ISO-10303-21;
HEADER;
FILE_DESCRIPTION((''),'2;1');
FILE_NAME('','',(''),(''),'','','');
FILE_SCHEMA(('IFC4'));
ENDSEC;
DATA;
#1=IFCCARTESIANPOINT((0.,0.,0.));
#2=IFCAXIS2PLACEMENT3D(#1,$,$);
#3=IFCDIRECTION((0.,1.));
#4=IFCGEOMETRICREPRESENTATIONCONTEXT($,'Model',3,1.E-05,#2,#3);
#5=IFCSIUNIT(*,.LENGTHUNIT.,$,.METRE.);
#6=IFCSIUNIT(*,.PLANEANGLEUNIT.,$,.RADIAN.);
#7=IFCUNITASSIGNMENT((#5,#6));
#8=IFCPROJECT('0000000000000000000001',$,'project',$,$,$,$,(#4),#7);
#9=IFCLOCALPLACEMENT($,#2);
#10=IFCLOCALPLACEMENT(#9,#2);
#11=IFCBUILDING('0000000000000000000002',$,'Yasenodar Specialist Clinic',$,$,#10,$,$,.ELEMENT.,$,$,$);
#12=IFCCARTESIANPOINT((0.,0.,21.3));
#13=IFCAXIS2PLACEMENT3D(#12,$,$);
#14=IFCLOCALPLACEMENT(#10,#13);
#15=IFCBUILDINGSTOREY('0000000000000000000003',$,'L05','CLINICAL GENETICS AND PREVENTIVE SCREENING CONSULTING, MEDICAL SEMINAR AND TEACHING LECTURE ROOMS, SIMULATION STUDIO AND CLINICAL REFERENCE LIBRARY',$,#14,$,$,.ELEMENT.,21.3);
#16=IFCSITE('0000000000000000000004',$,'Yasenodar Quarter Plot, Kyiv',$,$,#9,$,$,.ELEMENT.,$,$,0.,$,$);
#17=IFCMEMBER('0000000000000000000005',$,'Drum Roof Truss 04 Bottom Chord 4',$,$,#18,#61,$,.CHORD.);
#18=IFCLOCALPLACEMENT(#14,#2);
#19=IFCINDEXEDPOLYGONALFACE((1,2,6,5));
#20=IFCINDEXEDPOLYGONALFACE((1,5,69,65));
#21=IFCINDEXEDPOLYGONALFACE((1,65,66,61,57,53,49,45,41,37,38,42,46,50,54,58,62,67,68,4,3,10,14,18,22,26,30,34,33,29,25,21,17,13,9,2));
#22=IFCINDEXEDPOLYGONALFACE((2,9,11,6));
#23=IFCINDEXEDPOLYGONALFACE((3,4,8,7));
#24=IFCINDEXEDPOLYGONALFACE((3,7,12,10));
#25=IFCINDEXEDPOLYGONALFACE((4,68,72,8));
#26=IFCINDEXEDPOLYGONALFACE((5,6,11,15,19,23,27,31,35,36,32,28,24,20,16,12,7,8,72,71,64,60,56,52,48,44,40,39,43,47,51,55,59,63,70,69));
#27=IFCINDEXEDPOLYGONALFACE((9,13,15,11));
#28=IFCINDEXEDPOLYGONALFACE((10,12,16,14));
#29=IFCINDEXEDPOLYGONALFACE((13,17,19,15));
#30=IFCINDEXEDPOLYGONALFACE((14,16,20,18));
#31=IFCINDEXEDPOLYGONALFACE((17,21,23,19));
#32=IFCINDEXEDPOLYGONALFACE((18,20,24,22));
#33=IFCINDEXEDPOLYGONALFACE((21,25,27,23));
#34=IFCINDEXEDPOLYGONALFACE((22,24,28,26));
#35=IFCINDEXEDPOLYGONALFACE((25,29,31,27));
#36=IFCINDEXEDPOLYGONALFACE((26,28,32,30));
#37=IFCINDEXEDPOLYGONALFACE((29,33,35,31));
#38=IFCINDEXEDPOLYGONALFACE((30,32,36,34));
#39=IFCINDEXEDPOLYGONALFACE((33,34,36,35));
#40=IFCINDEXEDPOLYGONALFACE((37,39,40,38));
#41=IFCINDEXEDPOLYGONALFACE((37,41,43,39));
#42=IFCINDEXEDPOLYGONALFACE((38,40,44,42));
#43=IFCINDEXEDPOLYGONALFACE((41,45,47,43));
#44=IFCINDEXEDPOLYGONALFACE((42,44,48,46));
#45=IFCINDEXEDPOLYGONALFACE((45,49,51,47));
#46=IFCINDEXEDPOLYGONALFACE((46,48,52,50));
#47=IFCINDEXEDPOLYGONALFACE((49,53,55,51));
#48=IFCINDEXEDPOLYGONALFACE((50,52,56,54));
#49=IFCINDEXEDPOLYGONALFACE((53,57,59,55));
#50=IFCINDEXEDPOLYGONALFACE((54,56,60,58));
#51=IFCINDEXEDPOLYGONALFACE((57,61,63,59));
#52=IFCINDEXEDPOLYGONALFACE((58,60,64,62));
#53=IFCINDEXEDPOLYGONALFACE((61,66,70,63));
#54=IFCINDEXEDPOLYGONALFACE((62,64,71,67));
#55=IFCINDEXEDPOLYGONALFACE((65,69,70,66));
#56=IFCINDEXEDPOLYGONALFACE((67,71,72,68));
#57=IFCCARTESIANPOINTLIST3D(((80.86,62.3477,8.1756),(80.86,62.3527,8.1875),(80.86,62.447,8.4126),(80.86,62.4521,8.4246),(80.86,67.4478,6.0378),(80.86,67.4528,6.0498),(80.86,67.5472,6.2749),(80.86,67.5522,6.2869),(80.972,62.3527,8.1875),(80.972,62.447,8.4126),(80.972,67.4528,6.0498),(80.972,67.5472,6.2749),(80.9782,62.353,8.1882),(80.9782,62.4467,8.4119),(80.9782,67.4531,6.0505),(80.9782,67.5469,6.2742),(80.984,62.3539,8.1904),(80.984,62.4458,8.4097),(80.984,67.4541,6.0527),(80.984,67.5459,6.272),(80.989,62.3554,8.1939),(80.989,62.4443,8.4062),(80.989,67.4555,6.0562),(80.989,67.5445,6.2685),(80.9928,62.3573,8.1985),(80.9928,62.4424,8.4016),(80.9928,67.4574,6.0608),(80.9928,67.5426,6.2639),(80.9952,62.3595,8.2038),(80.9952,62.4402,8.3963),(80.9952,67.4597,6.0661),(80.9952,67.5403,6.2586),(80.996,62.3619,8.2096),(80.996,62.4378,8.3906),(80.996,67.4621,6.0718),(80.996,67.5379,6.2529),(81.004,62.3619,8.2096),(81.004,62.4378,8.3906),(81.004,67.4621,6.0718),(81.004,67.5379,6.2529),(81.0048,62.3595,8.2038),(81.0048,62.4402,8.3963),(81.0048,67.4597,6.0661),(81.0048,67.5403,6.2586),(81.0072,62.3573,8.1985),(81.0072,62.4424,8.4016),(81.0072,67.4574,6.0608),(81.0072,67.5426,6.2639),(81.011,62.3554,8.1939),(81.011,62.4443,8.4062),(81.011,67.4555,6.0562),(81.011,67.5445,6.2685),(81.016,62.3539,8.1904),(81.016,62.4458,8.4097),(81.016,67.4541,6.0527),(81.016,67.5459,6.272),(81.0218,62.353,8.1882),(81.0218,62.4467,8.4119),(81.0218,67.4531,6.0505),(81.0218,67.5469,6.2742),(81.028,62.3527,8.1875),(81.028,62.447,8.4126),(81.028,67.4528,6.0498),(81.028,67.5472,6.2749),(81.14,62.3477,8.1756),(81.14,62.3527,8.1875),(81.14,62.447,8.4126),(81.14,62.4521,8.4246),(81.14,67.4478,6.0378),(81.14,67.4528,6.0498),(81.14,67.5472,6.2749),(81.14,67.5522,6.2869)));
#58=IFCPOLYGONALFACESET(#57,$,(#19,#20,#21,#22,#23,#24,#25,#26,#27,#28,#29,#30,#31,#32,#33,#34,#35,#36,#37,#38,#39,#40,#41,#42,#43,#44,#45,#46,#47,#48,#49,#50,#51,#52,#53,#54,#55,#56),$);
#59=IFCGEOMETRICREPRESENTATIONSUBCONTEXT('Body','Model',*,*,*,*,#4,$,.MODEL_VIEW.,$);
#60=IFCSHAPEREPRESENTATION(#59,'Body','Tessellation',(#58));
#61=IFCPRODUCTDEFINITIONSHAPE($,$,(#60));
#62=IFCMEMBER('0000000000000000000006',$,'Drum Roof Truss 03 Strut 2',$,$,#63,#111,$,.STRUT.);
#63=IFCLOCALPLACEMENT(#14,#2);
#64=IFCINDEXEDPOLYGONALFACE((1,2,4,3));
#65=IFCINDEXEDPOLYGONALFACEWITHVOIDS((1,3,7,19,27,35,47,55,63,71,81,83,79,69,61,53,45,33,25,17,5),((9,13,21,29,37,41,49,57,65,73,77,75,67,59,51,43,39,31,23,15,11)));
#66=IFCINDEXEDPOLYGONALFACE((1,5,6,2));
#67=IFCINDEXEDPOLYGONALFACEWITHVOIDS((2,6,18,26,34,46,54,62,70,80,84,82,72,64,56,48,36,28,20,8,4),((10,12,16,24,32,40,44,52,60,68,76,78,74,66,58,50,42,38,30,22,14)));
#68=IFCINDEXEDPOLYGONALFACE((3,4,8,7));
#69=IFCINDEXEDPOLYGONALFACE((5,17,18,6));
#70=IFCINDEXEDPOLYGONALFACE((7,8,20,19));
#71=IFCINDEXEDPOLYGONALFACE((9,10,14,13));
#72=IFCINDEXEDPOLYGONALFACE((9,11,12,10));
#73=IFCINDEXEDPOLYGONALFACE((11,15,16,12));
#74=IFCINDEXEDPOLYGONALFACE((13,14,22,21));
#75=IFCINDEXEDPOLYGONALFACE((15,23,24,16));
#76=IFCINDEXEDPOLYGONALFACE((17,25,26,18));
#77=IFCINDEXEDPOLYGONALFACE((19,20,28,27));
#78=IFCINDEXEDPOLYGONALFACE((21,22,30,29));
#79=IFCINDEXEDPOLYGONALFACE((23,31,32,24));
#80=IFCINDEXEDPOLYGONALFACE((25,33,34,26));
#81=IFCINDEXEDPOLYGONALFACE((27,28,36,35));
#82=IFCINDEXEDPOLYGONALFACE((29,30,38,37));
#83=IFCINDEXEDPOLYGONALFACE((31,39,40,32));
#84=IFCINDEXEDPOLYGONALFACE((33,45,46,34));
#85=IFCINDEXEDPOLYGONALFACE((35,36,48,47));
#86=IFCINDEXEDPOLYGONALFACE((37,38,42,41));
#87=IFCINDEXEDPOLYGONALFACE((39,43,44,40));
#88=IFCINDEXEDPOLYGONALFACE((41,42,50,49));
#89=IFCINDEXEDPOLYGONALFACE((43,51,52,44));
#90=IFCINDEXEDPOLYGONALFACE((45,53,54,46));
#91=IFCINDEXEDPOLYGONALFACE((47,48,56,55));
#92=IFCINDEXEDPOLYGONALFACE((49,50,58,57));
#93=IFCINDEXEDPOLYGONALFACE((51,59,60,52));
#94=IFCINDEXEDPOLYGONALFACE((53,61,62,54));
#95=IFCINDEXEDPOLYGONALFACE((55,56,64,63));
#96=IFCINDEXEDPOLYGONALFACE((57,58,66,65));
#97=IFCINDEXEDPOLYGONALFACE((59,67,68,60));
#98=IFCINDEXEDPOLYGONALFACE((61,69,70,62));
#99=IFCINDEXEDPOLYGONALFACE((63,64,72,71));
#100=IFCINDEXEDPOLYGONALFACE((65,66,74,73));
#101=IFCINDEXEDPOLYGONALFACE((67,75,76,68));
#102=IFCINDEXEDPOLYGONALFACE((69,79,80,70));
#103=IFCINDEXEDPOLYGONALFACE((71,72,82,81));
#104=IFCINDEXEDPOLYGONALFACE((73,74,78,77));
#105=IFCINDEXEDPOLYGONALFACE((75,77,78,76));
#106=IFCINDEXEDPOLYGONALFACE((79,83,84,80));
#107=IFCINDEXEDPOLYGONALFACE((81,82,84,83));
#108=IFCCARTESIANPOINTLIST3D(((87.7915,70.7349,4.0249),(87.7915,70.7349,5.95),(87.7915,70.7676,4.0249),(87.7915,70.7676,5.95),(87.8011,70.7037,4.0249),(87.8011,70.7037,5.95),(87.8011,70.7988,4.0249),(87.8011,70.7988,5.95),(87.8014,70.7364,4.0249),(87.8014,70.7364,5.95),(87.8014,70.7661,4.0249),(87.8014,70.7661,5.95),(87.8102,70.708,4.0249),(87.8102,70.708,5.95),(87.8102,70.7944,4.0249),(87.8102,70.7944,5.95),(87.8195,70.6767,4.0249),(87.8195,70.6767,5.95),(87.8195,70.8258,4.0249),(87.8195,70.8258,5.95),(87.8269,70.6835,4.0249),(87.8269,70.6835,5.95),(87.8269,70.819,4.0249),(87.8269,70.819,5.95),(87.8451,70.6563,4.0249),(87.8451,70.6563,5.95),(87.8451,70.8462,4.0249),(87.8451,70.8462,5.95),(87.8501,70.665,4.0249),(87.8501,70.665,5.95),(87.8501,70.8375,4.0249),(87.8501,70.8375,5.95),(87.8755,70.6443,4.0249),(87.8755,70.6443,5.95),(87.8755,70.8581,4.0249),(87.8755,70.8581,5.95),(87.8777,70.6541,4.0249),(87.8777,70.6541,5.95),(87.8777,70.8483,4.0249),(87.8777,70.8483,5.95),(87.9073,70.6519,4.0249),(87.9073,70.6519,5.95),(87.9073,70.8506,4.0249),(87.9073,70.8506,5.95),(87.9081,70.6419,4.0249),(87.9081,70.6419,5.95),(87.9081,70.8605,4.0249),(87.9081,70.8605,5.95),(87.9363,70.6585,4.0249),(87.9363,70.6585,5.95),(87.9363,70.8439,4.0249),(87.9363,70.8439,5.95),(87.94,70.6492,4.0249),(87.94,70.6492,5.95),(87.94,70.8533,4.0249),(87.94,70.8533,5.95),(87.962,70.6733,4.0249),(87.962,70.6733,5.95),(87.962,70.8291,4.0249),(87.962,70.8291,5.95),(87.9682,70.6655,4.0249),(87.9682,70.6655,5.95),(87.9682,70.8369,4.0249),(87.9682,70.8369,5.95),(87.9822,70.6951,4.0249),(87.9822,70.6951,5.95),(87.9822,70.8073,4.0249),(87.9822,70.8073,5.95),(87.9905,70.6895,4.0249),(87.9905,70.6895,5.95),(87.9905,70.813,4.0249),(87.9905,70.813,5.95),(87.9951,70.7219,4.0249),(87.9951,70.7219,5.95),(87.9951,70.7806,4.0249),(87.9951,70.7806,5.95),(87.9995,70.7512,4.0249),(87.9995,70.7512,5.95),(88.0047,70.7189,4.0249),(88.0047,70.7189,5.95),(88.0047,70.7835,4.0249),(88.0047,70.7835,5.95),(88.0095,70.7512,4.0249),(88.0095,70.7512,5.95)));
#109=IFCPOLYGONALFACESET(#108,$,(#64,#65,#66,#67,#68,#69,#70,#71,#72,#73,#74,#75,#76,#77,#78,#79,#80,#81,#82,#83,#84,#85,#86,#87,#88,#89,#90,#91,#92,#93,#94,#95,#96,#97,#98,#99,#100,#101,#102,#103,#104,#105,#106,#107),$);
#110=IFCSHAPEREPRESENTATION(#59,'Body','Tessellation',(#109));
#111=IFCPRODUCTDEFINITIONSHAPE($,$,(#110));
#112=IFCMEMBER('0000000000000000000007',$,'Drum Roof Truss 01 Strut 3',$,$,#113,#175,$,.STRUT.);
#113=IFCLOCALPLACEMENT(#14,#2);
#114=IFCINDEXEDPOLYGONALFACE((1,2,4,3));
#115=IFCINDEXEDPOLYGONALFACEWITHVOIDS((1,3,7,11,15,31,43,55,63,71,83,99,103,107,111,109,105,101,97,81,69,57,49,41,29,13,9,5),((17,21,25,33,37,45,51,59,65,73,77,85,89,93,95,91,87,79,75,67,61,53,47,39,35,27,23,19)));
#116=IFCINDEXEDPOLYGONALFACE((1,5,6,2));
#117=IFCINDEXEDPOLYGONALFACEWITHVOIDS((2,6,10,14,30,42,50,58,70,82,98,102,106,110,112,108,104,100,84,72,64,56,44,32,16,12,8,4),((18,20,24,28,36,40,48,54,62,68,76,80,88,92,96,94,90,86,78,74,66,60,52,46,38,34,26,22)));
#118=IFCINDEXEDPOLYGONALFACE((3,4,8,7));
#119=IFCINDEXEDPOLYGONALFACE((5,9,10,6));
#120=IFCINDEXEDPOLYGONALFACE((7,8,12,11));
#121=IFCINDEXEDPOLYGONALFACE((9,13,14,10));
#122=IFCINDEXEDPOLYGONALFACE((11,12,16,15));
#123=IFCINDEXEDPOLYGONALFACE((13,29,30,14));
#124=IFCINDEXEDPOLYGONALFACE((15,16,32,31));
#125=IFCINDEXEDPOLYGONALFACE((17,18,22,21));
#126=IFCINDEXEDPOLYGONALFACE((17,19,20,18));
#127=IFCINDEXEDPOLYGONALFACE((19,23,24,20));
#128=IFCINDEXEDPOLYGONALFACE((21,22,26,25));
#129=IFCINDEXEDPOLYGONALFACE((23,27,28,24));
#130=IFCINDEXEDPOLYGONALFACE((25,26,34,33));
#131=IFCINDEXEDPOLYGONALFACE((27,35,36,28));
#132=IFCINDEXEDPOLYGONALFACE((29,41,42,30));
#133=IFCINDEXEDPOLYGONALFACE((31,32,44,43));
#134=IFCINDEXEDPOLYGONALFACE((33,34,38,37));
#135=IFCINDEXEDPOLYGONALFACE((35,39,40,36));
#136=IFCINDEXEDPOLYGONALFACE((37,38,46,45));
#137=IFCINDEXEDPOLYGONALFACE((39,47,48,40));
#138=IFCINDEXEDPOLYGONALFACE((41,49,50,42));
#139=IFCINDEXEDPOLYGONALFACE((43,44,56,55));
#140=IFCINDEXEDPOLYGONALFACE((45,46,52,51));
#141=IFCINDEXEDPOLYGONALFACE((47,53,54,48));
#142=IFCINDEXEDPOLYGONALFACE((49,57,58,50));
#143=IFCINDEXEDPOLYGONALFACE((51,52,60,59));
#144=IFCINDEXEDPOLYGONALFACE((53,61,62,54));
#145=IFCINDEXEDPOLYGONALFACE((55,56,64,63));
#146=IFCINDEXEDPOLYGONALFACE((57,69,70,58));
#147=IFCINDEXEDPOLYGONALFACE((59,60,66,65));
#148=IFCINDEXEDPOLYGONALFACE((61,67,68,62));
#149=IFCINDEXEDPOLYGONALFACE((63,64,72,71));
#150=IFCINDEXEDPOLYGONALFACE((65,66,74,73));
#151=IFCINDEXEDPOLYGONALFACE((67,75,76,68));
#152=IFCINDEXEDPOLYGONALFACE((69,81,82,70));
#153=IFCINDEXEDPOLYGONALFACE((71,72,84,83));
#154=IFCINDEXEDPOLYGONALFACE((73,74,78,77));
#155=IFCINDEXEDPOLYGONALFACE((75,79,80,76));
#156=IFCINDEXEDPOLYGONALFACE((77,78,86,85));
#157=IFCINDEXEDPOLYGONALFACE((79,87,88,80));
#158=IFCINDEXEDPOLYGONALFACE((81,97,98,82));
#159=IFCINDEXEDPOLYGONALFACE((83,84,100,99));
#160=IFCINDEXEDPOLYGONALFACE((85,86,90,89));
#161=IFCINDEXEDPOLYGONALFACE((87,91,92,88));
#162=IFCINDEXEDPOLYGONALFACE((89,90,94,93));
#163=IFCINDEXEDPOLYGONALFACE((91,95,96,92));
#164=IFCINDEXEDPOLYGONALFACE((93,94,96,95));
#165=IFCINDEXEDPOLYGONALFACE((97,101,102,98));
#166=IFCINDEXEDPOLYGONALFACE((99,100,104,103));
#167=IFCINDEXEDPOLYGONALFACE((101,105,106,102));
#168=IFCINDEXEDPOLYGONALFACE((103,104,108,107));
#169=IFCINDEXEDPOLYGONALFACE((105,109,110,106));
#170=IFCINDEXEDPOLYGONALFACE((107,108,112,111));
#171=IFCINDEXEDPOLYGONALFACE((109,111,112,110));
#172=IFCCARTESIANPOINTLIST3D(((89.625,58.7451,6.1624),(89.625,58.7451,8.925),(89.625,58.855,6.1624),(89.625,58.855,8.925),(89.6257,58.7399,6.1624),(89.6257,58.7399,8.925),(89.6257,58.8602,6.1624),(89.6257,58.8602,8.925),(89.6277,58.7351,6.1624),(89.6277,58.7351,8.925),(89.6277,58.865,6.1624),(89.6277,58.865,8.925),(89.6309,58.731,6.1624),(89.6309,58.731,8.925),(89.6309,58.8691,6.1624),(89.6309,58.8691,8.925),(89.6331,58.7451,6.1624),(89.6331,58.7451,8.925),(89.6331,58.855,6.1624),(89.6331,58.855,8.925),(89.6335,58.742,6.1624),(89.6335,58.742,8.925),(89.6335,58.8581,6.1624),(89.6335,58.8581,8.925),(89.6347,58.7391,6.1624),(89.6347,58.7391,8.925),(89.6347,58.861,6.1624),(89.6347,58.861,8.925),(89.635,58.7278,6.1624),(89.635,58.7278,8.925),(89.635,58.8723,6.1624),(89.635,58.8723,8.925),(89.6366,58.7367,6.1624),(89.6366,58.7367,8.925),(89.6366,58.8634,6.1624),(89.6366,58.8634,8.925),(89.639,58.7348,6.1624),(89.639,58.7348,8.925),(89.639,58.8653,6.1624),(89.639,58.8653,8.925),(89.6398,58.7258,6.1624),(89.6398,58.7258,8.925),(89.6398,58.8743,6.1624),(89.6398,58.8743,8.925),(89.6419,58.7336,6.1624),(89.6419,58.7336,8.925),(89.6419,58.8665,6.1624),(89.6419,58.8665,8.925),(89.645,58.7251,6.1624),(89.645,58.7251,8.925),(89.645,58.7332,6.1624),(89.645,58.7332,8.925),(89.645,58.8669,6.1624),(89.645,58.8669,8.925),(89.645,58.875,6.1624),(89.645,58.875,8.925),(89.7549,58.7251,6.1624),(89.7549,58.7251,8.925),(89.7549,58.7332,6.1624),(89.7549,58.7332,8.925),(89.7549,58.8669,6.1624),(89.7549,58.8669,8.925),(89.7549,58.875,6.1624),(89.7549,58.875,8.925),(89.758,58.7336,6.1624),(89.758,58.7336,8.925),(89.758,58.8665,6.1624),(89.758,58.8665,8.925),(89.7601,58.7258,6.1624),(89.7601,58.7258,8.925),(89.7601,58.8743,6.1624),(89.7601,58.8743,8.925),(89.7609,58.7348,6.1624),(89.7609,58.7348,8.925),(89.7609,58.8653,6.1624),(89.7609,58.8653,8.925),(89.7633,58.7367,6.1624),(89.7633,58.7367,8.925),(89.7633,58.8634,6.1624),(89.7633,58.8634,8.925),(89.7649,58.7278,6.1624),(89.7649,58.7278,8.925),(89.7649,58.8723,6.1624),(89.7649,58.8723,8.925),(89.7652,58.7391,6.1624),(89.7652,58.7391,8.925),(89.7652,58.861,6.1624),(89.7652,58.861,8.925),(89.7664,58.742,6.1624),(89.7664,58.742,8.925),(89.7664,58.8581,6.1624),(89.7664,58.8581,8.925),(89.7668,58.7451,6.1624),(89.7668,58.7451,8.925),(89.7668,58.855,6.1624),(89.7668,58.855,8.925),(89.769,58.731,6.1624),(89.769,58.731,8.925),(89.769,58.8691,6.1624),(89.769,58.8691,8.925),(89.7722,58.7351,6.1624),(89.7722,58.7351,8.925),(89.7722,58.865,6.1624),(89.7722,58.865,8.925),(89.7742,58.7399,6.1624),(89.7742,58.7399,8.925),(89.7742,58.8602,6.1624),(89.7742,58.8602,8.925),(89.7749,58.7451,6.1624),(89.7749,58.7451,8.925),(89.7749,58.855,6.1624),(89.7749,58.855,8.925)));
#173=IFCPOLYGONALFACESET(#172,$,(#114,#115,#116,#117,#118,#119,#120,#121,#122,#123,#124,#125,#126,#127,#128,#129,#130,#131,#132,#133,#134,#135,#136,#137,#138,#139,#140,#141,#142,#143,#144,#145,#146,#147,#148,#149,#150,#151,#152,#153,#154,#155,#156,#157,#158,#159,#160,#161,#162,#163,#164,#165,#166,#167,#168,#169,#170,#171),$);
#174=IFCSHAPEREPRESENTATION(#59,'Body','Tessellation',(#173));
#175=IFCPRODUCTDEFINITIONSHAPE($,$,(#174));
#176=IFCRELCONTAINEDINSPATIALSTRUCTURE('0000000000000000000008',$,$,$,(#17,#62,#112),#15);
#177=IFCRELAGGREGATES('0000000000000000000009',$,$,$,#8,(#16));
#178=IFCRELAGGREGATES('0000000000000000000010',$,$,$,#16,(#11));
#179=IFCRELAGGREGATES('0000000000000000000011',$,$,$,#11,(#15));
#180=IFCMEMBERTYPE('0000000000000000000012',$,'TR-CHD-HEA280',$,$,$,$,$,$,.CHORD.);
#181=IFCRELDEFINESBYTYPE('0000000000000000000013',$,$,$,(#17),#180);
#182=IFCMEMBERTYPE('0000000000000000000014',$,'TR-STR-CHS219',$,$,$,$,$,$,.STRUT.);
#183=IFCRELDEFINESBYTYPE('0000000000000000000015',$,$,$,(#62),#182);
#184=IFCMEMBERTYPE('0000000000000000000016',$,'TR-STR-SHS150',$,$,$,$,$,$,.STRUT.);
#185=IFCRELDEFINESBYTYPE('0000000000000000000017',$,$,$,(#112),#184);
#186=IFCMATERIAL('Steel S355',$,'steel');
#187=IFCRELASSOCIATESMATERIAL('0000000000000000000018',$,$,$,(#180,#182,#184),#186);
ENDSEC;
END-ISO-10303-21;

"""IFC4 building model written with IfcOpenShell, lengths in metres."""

from ifc_helpers import new_model, si_unit, direction, frame, origin, origin_2d, place, context, subcontext, project, spatial, hollow_rectangle, hollow_circle, i_section, extrude, material, material_profile, profile_set, type_object, element, save


model = new_model("IFC4")

# Units and contexts
model_context = context("Model", 3, precision=1e-05, world=origin(), true_north=direction((0.0, 1.0)))
body_context = subcontext(model_context, "Body", "Model", "MODEL_VIEW")
ifc_project = project(units=[si_unit("LENGTHUNIT", "METRE"), si_unit("PLANEANGLEUNIT", "RADIAN")], contexts=[model_context])

# Site, building, storey
site_placement = place(None, origin())
site = spatial("IfcSite", under=ifc_project, at=site_placement, Name="Yasenodar Quarter Plot, Kyiv", CompositionType="ELEMENT", RefElevation=0.0)
building_placement = place(site_placement, origin())
building = spatial("IfcBuilding", under=site, at=building_placement, Name="Yasenodar Specialist Clinic", CompositionType="ELEMENT")
storey_placement = place(building_placement, frame((0.0, 0.0, 21.3)))
storey = spatial("IfcBuildingStorey", under=building, at=storey_placement, Name="L05", Description="CLINICAL GENETICS AND PREVENTIVE SCREENING CONSULTING, MEDICAL SEMINAR AND TEACHING LECTURE ROOMS, SIMULATION STUDIO AND CLINICAL REFERENCE LIBRARY", CompositionType="ELEMENT", Elevation=21.3)

# Shared definitions
ifc_material = material(Name="Steel S355", Category="steel")

# Members
ifc_material_profile_1 = material_profile(ifc_material, i_section(OverallWidth=0.28, OverallDepth=0.27, WebThickness=0.0081, FlangeThickness=0.0129, FilletRadius=0.0239, at=origin_2d()), Name="HEA 280")
ifc_profile_set_1 = profile_set([ifc_material_profile_1], Name="Steel S355")
member_type_1 = type_object("IfcMemberType", Name="TR-CHD-HEA280", PredefinedType="CHORD", material=ifc_profile_set_1)
for number, where, z_axis, x_axis, name in (
    (1, (81.0, 67.5, 6.1624), (0.0, -0.922262, 0.386564), (1.0, 0.0, 0.0), "Drum Roof Truss 04 Bottom Chord 4"),
):
    element("IfcMember", number, at=place(storey_placement, frame(where, z_axis=z_axis, x_axis=x_axis)), inside=storey, type_object=member_type_1, Name=name, PredefinedType="CHORD", context=body_context, shape_type="SweptSolid", body=[
        extrude(i_section(OverallWidth=0.28, OverallDepth=0.27, WebThickness=0.0081, FlangeThickness=0.0129, FilletRadius=0.0239, at=origin_2d()), origin(), (0.0, 0.0, 1.0), 5.53),
    ])
ifc_material_profile_2 = material_profile(ifc_material, hollow_circle(Radius=0.1096, WallThickness=0.01, at=origin_2d()), Name="CHS 219.1x10")
ifc_profile_set_2 = profile_set([ifc_material_profile_2], Name="Steel S355")
member_type_2 = type_object("IfcMemberType", Name="TR-STR-CHS219", PredefinedType="STRUT", material=ifc_profile_set_2)
member_1_placement = place(storey_placement, frame((87.8999, 70.7512, 4.0249), z_axis=(0.0, 0.0, 1.0), x_axis=(1.0, 0.0, 0.0)))
element("IfcMember", 2, at=member_1_placement, inside=storey, type_object=member_type_2, Name="Drum Roof Truss 03 Strut 2", PredefinedType="STRUT", context=body_context, shape_type="SweptSolid", body=[
    extrude(hollow_circle(Radius=0.1096, WallThickness=0.01, at=origin_2d()), origin(), (0.0, 0.0, 1.0), 1.925),
])
ifc_material_profile_3 = material_profile(ifc_material, hollow_rectangle(XDim=0.1499, YDim=0.1499, WallThickness=0.0081, InnerFilletRadius=0.012, OuterFilletRadius=0.02, at=origin_2d()), Name="SHS 150x150x8")
ifc_profile_set_3 = profile_set([ifc_material_profile_3], Name="Steel S355")
member_type_3 = type_object("IfcMemberType", Name="TR-STR-SHS150", PredefinedType="STRUT", material=ifc_profile_set_3)
for number, where, z_axis, x_axis, name in (
    (3, (89.7, 58.8, 6.1624), (0.0, 0.0, 1.0), (1.0, 0.0, 0.0), "Drum Roof Truss 01 Strut 3"),
):
    element("IfcMember", number, at=place(storey_placement, frame(where, z_axis=z_axis, x_axis=x_axis)), inside=storey, type_object=member_type_3, Name=name, PredefinedType="STRUT", context=body_context, shape_type="SweptSolid", body=[
        extrude(hollow_rectangle(XDim=0.1499, YDim=0.1499, WallThickness=0.0081, InnerFilletRadius=0.012, OuterFilletRadius=0.02, at=origin_2d()), origin(), (0.0, 0.0, 1.0), 2.7627),
    ])

save(model, "model.ifc")
